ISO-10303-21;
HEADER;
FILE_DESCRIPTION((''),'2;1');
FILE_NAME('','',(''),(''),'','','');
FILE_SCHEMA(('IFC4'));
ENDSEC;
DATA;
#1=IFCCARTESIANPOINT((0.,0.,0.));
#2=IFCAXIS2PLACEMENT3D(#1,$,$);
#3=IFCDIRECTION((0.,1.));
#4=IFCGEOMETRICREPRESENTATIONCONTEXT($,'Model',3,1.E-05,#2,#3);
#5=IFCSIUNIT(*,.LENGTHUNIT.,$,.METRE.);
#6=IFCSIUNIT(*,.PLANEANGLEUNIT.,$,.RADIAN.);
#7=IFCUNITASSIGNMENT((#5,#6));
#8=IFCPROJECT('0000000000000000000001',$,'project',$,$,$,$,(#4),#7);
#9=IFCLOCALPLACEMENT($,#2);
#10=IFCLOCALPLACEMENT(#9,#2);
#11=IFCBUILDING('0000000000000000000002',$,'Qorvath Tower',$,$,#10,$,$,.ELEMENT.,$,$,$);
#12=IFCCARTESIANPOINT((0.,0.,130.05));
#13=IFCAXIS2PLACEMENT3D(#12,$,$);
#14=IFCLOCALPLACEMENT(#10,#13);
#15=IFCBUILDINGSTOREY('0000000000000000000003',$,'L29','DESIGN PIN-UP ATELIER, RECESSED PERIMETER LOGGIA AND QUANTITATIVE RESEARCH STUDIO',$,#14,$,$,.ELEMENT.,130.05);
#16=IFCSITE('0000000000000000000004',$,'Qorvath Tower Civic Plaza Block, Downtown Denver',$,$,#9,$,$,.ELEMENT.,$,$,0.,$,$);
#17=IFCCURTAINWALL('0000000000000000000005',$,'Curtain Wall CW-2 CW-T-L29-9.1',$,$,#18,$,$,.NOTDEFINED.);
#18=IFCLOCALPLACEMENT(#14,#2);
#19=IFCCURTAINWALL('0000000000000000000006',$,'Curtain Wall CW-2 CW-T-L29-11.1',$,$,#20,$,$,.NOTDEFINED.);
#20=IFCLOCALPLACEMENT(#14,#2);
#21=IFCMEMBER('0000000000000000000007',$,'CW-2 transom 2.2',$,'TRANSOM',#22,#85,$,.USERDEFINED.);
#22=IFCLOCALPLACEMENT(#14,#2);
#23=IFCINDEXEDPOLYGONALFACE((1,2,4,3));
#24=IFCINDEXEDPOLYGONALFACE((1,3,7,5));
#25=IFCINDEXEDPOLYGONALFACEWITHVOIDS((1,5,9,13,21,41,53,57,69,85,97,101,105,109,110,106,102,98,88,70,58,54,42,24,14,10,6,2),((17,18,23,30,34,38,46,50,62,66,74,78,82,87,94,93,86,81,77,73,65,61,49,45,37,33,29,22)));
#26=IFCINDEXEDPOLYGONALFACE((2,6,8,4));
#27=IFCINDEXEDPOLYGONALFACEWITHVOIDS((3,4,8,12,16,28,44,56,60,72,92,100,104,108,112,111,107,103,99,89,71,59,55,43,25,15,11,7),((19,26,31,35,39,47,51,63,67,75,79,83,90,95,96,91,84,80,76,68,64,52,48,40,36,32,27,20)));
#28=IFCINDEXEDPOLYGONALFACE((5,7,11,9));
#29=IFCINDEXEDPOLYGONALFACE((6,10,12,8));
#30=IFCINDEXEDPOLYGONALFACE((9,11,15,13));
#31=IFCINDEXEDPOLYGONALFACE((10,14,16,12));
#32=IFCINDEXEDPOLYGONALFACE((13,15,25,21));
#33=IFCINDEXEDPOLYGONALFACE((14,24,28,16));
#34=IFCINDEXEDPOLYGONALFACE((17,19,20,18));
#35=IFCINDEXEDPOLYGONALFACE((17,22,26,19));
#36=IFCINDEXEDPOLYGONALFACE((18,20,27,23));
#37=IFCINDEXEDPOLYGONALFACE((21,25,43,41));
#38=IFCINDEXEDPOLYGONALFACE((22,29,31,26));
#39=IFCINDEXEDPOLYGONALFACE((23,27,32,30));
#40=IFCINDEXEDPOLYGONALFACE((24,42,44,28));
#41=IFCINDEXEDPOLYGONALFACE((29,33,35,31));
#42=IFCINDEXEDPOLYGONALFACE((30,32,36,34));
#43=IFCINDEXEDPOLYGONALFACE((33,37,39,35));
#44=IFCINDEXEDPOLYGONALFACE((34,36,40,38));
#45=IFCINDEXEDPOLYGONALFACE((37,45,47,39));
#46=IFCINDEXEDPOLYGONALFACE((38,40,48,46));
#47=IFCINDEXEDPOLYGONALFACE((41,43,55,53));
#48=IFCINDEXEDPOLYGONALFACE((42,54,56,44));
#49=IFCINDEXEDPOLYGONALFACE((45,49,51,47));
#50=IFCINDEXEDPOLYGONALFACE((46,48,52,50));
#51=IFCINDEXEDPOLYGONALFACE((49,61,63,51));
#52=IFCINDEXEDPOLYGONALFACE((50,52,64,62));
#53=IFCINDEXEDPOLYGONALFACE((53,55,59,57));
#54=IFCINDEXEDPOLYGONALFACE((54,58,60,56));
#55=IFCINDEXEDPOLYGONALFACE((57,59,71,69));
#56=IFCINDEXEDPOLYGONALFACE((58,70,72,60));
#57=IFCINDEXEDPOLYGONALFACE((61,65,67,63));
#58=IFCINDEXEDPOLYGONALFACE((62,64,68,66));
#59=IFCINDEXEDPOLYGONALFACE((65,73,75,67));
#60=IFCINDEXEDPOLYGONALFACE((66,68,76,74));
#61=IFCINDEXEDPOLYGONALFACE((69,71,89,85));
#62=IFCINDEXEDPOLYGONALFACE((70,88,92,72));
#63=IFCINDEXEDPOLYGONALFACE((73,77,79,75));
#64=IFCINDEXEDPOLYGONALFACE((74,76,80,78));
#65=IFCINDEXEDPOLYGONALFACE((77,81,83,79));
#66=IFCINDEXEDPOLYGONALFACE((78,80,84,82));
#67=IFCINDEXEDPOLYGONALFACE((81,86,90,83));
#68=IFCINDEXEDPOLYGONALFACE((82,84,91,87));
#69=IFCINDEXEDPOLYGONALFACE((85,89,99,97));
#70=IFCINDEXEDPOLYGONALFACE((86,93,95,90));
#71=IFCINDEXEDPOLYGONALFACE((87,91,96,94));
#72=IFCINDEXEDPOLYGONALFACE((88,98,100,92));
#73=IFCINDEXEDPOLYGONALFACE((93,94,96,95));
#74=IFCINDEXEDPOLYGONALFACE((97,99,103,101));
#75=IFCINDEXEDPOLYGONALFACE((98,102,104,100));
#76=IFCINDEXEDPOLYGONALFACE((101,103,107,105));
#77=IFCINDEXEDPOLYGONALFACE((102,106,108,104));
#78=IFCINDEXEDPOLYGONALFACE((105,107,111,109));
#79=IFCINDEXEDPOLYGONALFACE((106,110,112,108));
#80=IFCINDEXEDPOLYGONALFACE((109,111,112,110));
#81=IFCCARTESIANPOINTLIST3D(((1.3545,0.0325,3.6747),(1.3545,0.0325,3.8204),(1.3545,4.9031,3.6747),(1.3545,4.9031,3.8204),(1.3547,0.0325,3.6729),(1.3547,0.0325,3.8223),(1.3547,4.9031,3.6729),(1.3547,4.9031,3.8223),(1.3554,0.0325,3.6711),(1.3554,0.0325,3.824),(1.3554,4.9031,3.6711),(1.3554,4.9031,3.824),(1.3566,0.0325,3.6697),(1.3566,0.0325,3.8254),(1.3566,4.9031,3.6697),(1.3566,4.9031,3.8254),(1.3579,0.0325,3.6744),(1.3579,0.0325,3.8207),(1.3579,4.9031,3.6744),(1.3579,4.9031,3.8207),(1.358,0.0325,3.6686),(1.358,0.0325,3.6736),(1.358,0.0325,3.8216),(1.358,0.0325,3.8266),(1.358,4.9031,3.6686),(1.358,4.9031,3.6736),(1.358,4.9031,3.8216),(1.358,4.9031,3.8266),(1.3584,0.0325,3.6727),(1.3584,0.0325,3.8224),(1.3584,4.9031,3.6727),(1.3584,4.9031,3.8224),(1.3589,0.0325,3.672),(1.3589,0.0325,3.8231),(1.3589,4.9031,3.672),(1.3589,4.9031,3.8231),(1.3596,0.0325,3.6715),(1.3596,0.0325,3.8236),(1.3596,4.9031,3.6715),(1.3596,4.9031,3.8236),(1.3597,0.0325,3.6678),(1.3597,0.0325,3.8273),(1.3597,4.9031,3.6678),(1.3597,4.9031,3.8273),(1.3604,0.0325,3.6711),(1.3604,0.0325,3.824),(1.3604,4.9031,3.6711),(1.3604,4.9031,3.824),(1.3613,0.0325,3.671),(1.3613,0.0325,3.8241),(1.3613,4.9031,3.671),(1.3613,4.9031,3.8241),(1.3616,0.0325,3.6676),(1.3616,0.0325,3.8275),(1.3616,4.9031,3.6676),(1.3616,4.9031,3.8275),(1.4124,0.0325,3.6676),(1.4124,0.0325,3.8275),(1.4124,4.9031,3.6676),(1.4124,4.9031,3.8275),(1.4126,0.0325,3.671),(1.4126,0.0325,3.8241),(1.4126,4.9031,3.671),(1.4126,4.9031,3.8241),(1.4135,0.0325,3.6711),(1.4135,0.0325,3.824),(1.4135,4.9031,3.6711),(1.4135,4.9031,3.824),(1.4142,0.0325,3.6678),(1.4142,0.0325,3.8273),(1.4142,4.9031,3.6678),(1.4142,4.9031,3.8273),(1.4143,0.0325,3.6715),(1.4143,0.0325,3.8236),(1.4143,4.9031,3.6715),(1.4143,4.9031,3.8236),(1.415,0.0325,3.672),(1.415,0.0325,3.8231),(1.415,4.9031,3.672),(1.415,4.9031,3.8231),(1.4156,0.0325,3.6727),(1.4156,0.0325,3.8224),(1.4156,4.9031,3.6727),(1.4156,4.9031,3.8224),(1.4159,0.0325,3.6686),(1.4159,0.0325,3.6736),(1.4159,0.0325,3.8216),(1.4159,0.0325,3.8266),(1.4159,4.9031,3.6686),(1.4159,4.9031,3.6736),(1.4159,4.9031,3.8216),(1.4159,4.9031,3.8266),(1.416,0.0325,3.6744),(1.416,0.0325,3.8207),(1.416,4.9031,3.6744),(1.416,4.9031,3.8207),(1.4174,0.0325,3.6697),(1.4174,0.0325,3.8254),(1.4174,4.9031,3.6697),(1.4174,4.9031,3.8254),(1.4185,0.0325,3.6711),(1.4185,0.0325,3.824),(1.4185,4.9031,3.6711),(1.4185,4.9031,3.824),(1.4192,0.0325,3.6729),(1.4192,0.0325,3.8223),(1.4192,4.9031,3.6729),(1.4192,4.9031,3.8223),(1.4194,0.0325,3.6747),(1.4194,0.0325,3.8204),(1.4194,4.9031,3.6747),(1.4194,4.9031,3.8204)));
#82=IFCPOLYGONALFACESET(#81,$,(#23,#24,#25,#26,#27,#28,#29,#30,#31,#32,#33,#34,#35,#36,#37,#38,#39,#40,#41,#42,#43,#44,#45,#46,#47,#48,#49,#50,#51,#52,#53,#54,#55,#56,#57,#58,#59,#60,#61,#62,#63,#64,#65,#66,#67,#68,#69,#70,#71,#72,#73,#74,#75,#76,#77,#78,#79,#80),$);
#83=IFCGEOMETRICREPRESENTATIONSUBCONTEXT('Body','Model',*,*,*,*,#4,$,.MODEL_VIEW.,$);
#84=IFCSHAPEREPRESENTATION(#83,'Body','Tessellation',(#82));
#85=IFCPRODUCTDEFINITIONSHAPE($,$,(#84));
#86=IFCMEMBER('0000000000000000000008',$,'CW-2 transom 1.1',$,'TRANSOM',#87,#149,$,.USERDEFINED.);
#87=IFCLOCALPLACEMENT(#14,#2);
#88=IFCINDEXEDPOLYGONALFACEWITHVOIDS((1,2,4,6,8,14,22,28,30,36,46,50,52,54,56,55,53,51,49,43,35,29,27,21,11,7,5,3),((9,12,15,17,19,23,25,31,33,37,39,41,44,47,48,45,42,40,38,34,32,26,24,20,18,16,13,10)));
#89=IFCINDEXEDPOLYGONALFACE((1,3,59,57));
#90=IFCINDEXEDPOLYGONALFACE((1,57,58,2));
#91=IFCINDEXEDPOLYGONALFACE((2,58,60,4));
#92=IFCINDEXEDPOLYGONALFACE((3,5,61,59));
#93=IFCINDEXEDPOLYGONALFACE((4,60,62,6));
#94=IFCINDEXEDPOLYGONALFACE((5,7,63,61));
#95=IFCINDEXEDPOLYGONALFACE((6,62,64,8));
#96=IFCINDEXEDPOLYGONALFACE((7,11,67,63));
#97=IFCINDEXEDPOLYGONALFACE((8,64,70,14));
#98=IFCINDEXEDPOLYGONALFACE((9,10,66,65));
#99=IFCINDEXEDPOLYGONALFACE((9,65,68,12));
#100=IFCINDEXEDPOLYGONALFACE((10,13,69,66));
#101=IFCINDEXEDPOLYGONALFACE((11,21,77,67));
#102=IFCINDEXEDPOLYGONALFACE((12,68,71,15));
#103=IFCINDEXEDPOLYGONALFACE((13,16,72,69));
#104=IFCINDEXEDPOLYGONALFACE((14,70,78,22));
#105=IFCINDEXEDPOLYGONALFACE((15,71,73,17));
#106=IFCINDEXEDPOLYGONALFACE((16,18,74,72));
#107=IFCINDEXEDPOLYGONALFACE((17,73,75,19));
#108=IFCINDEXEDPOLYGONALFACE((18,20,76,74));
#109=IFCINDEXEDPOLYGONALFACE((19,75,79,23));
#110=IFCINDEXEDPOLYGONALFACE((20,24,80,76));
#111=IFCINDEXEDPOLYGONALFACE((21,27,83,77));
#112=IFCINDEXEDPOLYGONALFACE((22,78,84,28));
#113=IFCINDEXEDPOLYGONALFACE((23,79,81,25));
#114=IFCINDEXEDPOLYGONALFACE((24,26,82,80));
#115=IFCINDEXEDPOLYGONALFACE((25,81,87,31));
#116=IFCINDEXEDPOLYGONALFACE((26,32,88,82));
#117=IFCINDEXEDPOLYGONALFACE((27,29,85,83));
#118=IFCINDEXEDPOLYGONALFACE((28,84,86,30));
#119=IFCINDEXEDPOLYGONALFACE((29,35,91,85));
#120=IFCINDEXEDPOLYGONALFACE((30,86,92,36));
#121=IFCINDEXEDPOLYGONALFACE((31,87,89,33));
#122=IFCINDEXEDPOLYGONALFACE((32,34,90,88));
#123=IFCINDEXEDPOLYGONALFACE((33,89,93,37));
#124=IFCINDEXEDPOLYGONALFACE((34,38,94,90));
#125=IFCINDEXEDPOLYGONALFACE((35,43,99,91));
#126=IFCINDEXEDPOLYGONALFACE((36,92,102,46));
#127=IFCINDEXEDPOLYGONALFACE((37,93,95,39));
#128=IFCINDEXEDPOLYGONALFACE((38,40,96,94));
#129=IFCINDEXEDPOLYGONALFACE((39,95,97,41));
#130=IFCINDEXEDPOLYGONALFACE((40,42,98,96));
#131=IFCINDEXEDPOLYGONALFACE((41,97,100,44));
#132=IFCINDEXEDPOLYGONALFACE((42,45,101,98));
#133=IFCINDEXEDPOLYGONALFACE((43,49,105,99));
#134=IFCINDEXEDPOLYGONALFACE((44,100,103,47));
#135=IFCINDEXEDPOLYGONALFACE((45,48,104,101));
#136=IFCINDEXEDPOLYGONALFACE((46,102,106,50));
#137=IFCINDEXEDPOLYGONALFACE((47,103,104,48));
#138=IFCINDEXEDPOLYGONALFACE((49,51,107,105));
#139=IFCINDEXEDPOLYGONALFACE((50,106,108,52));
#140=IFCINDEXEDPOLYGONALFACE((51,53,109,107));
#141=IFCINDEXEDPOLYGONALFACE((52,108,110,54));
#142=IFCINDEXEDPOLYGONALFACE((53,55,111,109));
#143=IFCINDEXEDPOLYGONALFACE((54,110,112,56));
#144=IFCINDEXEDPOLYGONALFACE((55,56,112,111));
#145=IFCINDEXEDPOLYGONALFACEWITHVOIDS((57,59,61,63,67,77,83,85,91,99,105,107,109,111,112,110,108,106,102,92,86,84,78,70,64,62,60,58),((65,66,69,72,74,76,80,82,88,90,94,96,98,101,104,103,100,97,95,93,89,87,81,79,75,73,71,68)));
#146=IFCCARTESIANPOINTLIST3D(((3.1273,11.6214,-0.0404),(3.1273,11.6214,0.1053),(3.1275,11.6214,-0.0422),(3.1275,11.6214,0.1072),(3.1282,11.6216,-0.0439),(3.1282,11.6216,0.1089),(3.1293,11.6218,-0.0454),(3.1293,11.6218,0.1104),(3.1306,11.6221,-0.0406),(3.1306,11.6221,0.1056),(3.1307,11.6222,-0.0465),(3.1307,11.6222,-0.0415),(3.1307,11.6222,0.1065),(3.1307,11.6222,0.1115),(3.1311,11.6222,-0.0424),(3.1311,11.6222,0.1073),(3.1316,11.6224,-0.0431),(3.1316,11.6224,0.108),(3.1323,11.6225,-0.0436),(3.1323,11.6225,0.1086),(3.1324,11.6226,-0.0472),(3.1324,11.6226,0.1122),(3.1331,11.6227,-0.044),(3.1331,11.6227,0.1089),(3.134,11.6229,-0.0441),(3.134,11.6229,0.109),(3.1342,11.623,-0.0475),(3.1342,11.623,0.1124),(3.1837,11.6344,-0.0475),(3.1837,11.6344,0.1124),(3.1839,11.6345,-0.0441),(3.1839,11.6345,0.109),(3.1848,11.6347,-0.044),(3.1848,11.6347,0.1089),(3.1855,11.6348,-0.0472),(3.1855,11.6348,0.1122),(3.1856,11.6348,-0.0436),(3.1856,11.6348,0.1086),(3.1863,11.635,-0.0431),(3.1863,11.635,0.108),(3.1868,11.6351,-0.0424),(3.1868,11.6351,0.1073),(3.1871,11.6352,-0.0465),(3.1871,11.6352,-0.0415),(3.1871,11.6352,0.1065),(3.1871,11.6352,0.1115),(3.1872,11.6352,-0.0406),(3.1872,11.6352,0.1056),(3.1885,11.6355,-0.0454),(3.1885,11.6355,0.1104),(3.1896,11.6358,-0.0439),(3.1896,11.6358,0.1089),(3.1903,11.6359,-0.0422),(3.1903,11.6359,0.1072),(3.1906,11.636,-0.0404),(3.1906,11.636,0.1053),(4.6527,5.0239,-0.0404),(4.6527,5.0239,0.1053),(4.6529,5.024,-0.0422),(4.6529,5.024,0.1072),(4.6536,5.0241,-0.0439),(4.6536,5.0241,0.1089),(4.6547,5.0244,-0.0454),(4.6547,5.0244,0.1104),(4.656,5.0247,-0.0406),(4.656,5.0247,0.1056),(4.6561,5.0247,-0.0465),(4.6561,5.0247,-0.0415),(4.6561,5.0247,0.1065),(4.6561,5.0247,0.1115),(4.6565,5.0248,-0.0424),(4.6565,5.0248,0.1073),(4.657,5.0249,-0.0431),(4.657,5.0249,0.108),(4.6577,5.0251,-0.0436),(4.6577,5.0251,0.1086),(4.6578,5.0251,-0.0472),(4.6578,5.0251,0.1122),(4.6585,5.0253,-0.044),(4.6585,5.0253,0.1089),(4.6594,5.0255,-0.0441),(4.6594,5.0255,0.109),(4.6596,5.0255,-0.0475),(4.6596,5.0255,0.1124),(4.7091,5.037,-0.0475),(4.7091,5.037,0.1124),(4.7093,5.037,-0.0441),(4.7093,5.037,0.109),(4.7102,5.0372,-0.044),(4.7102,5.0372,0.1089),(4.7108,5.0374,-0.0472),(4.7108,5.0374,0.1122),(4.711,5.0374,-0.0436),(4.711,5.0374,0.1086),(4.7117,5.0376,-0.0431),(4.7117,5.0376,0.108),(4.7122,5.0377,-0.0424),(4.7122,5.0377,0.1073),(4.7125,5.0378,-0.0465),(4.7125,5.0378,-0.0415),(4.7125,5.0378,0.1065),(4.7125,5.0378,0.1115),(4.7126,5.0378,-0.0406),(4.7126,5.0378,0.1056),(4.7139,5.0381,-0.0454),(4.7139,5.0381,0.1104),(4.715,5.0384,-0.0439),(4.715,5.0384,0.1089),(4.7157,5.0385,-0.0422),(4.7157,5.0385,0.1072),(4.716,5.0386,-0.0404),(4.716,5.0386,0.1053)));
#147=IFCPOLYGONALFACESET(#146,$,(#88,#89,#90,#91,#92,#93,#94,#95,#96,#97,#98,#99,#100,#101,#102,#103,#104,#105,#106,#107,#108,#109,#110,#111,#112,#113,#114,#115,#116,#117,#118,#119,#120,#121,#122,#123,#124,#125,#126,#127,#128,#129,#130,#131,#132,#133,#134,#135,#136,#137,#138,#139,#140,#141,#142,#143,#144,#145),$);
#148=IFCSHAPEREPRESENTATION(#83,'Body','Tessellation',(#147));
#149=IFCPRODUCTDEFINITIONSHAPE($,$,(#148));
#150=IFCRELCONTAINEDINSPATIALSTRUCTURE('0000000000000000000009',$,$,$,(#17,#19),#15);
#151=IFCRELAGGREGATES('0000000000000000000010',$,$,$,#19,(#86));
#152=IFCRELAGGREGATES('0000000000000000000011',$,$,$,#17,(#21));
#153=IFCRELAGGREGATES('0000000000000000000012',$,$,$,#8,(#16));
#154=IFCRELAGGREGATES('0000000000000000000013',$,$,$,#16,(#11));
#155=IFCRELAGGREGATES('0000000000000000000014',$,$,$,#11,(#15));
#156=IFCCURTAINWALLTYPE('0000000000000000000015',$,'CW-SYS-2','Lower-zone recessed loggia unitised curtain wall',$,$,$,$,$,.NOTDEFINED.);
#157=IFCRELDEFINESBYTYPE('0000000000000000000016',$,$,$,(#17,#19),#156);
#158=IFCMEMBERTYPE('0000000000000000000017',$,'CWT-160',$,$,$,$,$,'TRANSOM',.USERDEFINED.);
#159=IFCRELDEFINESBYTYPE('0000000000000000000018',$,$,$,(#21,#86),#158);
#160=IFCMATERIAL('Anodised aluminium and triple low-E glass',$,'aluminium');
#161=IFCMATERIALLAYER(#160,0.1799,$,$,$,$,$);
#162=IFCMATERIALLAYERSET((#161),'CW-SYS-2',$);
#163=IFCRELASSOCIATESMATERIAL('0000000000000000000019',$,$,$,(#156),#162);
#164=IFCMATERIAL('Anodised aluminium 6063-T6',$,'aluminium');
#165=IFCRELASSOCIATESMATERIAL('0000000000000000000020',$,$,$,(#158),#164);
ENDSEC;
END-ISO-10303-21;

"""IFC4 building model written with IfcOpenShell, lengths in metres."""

from ifc_helpers import new_model, si_unit, direction, frame, origin, origin_2d, place, context, subcontext, project, spatial, hollow_rectangle, extrude, material, layer, layer_set, material_profile, profile_set, type_object, element, aggregate, save


model = new_model("IFC4")

# Units and contexts
model_context = context("Model", 3, precision=1e-05, world=origin(), true_north=direction((0.0, 1.0)))
body_context = subcontext(model_context, "Body", "Model", "MODEL_VIEW")
ifc_project = project(units=[si_unit("LENGTHUNIT", "METRE"), si_unit("PLANEANGLEUNIT", "RADIAN")], contexts=[model_context])

# Site, building, storey
site_placement = place(None, origin())
site = spatial("IfcSite", under=ifc_project, at=site_placement, Name="Qorvath Tower Civic Plaza Block, Downtown Denver", CompositionType="ELEMENT", RefElevation=0.0)
building_placement = place(site_placement, origin())
building = spatial("IfcBuilding", under=site, at=building_placement, Name="Qorvath Tower", CompositionType="ELEMENT")
storey_placement = place(building_placement, frame((0.0, 0.0, 130.05)))
storey = spatial("IfcBuildingStorey", under=building, at=storey_placement, Name="L29", Description="DESIGN PIN-UP ATELIER, RECESSED PERIMETER LOGGIA AND QUANTITATIVE RESEARCH STUDIO", CompositionType="ELEMENT", Elevation=130.05)

# Curtain wall
ifc_material_1 = material(Name="Anodised aluminium and triple low-E glass", Category="aluminium")
ifc_layer_1 = layer(ifc_material_1, 0.1799)
ifc_layer_set_1 = layer_set([ifc_layer_1], Name="CW-SYS-2")
curtain_wall_type = type_object("IfcCurtainWallType", Name="CW-SYS-2", Description="Lower-zone recessed loggia unitised curtain wall", PredefinedType="NOTDEFINED", material=ifc_layer_set_1)
curtain_wall_1_placement = place(storey_placement, origin())
curtain_wall_1 = element("IfcCurtainWall", 1, at=curtain_wall_1_placement, inside=storey, type_object=curtain_wall_type, Name="Curtain Wall CW-2 CW-T-L29-9.1", PredefinedType="NOTDEFINED")

# Curtain wall
curtain_wall_2_placement = place(storey_placement, origin())
curtain_wall_2 = element("IfcCurtainWall", 2, at=curtain_wall_2_placement, inside=storey, type_object=curtain_wall_type, Name="Curtain Wall CW-2 CW-T-L29-11.1", PredefinedType="NOTDEFINED")

# Members
ifc_material_2 = material(Name="Anodised aluminium 6063-T6", Category="aluminium")
ifc_material_profile_1 = material_profile(ifc_material_2, hollow_rectangle(XDim=0.0649, YDim=0.1599, WallThickness=0.0034, InnerFilletRadius=0.0034, OuterFilletRadius=0.0071, at=origin_2d()), Name="CWT 160x65")
ifc_profile_set_1 = profile_set([ifc_material_profile_1], Name="Anodised aluminium 6063-T6")
member_type_1 = type_object("IfcMemberType", Name="CWT-160", ElementType="TRANSOM", PredefinedType="USERDEFINED", material=ifc_profile_set_1)
member_1_placement = place(storey_placement, frame((1.387, 0.0325, 3.7476), z_axis=(0.0, 1.0, 0.0), x_axis=(-1.0, 0.0, 0.0)))
member_1 = element("IfcMember", 3, at=member_1_placement, type_object=member_type_1, Name="CW-2 transom 2.2", ObjectType="TRANSOM", PredefinedType="USERDEFINED", context=body_context, shape_type="SweptSolid", body=[
    extrude(hollow_rectangle(XDim=0.0649, YDim=0.1599, WallThickness=0.0034, InnerFilletRadius=0.0034, OuterFilletRadius=0.0071, at=origin_2d()), origin(), (0.0, 0.0, 1.0), 4.8706),
])
member_2_placement = place(storey_placement, frame((4.6843, 5.0312, 0.0325), z_axis=(-0.225268, 0.974297, 0.0), x_axis=(-0.974297, -0.225268, 0.0)))
member_2 = element("IfcMember", 4, at=member_2_placement, type_object=member_type_1, Name="CW-2 transom 1.1", ObjectType="TRANSOM", PredefinedType="USERDEFINED", context=body_context, shape_type="SweptSolid", body=[
    extrude(hollow_rectangle(XDim=0.0649, YDim=0.1599, WallThickness=0.0034, InnerFilletRadius=0.0034, OuterFilletRadius=0.0071, at=origin_2d()), origin(), (0.0, 0.0, 1.0), 6.7715),
])
aggregate(curtain_wall_2, [member_2])

aggregate(curtain_wall_1, [member_1])

save(model, "model.ifc")
